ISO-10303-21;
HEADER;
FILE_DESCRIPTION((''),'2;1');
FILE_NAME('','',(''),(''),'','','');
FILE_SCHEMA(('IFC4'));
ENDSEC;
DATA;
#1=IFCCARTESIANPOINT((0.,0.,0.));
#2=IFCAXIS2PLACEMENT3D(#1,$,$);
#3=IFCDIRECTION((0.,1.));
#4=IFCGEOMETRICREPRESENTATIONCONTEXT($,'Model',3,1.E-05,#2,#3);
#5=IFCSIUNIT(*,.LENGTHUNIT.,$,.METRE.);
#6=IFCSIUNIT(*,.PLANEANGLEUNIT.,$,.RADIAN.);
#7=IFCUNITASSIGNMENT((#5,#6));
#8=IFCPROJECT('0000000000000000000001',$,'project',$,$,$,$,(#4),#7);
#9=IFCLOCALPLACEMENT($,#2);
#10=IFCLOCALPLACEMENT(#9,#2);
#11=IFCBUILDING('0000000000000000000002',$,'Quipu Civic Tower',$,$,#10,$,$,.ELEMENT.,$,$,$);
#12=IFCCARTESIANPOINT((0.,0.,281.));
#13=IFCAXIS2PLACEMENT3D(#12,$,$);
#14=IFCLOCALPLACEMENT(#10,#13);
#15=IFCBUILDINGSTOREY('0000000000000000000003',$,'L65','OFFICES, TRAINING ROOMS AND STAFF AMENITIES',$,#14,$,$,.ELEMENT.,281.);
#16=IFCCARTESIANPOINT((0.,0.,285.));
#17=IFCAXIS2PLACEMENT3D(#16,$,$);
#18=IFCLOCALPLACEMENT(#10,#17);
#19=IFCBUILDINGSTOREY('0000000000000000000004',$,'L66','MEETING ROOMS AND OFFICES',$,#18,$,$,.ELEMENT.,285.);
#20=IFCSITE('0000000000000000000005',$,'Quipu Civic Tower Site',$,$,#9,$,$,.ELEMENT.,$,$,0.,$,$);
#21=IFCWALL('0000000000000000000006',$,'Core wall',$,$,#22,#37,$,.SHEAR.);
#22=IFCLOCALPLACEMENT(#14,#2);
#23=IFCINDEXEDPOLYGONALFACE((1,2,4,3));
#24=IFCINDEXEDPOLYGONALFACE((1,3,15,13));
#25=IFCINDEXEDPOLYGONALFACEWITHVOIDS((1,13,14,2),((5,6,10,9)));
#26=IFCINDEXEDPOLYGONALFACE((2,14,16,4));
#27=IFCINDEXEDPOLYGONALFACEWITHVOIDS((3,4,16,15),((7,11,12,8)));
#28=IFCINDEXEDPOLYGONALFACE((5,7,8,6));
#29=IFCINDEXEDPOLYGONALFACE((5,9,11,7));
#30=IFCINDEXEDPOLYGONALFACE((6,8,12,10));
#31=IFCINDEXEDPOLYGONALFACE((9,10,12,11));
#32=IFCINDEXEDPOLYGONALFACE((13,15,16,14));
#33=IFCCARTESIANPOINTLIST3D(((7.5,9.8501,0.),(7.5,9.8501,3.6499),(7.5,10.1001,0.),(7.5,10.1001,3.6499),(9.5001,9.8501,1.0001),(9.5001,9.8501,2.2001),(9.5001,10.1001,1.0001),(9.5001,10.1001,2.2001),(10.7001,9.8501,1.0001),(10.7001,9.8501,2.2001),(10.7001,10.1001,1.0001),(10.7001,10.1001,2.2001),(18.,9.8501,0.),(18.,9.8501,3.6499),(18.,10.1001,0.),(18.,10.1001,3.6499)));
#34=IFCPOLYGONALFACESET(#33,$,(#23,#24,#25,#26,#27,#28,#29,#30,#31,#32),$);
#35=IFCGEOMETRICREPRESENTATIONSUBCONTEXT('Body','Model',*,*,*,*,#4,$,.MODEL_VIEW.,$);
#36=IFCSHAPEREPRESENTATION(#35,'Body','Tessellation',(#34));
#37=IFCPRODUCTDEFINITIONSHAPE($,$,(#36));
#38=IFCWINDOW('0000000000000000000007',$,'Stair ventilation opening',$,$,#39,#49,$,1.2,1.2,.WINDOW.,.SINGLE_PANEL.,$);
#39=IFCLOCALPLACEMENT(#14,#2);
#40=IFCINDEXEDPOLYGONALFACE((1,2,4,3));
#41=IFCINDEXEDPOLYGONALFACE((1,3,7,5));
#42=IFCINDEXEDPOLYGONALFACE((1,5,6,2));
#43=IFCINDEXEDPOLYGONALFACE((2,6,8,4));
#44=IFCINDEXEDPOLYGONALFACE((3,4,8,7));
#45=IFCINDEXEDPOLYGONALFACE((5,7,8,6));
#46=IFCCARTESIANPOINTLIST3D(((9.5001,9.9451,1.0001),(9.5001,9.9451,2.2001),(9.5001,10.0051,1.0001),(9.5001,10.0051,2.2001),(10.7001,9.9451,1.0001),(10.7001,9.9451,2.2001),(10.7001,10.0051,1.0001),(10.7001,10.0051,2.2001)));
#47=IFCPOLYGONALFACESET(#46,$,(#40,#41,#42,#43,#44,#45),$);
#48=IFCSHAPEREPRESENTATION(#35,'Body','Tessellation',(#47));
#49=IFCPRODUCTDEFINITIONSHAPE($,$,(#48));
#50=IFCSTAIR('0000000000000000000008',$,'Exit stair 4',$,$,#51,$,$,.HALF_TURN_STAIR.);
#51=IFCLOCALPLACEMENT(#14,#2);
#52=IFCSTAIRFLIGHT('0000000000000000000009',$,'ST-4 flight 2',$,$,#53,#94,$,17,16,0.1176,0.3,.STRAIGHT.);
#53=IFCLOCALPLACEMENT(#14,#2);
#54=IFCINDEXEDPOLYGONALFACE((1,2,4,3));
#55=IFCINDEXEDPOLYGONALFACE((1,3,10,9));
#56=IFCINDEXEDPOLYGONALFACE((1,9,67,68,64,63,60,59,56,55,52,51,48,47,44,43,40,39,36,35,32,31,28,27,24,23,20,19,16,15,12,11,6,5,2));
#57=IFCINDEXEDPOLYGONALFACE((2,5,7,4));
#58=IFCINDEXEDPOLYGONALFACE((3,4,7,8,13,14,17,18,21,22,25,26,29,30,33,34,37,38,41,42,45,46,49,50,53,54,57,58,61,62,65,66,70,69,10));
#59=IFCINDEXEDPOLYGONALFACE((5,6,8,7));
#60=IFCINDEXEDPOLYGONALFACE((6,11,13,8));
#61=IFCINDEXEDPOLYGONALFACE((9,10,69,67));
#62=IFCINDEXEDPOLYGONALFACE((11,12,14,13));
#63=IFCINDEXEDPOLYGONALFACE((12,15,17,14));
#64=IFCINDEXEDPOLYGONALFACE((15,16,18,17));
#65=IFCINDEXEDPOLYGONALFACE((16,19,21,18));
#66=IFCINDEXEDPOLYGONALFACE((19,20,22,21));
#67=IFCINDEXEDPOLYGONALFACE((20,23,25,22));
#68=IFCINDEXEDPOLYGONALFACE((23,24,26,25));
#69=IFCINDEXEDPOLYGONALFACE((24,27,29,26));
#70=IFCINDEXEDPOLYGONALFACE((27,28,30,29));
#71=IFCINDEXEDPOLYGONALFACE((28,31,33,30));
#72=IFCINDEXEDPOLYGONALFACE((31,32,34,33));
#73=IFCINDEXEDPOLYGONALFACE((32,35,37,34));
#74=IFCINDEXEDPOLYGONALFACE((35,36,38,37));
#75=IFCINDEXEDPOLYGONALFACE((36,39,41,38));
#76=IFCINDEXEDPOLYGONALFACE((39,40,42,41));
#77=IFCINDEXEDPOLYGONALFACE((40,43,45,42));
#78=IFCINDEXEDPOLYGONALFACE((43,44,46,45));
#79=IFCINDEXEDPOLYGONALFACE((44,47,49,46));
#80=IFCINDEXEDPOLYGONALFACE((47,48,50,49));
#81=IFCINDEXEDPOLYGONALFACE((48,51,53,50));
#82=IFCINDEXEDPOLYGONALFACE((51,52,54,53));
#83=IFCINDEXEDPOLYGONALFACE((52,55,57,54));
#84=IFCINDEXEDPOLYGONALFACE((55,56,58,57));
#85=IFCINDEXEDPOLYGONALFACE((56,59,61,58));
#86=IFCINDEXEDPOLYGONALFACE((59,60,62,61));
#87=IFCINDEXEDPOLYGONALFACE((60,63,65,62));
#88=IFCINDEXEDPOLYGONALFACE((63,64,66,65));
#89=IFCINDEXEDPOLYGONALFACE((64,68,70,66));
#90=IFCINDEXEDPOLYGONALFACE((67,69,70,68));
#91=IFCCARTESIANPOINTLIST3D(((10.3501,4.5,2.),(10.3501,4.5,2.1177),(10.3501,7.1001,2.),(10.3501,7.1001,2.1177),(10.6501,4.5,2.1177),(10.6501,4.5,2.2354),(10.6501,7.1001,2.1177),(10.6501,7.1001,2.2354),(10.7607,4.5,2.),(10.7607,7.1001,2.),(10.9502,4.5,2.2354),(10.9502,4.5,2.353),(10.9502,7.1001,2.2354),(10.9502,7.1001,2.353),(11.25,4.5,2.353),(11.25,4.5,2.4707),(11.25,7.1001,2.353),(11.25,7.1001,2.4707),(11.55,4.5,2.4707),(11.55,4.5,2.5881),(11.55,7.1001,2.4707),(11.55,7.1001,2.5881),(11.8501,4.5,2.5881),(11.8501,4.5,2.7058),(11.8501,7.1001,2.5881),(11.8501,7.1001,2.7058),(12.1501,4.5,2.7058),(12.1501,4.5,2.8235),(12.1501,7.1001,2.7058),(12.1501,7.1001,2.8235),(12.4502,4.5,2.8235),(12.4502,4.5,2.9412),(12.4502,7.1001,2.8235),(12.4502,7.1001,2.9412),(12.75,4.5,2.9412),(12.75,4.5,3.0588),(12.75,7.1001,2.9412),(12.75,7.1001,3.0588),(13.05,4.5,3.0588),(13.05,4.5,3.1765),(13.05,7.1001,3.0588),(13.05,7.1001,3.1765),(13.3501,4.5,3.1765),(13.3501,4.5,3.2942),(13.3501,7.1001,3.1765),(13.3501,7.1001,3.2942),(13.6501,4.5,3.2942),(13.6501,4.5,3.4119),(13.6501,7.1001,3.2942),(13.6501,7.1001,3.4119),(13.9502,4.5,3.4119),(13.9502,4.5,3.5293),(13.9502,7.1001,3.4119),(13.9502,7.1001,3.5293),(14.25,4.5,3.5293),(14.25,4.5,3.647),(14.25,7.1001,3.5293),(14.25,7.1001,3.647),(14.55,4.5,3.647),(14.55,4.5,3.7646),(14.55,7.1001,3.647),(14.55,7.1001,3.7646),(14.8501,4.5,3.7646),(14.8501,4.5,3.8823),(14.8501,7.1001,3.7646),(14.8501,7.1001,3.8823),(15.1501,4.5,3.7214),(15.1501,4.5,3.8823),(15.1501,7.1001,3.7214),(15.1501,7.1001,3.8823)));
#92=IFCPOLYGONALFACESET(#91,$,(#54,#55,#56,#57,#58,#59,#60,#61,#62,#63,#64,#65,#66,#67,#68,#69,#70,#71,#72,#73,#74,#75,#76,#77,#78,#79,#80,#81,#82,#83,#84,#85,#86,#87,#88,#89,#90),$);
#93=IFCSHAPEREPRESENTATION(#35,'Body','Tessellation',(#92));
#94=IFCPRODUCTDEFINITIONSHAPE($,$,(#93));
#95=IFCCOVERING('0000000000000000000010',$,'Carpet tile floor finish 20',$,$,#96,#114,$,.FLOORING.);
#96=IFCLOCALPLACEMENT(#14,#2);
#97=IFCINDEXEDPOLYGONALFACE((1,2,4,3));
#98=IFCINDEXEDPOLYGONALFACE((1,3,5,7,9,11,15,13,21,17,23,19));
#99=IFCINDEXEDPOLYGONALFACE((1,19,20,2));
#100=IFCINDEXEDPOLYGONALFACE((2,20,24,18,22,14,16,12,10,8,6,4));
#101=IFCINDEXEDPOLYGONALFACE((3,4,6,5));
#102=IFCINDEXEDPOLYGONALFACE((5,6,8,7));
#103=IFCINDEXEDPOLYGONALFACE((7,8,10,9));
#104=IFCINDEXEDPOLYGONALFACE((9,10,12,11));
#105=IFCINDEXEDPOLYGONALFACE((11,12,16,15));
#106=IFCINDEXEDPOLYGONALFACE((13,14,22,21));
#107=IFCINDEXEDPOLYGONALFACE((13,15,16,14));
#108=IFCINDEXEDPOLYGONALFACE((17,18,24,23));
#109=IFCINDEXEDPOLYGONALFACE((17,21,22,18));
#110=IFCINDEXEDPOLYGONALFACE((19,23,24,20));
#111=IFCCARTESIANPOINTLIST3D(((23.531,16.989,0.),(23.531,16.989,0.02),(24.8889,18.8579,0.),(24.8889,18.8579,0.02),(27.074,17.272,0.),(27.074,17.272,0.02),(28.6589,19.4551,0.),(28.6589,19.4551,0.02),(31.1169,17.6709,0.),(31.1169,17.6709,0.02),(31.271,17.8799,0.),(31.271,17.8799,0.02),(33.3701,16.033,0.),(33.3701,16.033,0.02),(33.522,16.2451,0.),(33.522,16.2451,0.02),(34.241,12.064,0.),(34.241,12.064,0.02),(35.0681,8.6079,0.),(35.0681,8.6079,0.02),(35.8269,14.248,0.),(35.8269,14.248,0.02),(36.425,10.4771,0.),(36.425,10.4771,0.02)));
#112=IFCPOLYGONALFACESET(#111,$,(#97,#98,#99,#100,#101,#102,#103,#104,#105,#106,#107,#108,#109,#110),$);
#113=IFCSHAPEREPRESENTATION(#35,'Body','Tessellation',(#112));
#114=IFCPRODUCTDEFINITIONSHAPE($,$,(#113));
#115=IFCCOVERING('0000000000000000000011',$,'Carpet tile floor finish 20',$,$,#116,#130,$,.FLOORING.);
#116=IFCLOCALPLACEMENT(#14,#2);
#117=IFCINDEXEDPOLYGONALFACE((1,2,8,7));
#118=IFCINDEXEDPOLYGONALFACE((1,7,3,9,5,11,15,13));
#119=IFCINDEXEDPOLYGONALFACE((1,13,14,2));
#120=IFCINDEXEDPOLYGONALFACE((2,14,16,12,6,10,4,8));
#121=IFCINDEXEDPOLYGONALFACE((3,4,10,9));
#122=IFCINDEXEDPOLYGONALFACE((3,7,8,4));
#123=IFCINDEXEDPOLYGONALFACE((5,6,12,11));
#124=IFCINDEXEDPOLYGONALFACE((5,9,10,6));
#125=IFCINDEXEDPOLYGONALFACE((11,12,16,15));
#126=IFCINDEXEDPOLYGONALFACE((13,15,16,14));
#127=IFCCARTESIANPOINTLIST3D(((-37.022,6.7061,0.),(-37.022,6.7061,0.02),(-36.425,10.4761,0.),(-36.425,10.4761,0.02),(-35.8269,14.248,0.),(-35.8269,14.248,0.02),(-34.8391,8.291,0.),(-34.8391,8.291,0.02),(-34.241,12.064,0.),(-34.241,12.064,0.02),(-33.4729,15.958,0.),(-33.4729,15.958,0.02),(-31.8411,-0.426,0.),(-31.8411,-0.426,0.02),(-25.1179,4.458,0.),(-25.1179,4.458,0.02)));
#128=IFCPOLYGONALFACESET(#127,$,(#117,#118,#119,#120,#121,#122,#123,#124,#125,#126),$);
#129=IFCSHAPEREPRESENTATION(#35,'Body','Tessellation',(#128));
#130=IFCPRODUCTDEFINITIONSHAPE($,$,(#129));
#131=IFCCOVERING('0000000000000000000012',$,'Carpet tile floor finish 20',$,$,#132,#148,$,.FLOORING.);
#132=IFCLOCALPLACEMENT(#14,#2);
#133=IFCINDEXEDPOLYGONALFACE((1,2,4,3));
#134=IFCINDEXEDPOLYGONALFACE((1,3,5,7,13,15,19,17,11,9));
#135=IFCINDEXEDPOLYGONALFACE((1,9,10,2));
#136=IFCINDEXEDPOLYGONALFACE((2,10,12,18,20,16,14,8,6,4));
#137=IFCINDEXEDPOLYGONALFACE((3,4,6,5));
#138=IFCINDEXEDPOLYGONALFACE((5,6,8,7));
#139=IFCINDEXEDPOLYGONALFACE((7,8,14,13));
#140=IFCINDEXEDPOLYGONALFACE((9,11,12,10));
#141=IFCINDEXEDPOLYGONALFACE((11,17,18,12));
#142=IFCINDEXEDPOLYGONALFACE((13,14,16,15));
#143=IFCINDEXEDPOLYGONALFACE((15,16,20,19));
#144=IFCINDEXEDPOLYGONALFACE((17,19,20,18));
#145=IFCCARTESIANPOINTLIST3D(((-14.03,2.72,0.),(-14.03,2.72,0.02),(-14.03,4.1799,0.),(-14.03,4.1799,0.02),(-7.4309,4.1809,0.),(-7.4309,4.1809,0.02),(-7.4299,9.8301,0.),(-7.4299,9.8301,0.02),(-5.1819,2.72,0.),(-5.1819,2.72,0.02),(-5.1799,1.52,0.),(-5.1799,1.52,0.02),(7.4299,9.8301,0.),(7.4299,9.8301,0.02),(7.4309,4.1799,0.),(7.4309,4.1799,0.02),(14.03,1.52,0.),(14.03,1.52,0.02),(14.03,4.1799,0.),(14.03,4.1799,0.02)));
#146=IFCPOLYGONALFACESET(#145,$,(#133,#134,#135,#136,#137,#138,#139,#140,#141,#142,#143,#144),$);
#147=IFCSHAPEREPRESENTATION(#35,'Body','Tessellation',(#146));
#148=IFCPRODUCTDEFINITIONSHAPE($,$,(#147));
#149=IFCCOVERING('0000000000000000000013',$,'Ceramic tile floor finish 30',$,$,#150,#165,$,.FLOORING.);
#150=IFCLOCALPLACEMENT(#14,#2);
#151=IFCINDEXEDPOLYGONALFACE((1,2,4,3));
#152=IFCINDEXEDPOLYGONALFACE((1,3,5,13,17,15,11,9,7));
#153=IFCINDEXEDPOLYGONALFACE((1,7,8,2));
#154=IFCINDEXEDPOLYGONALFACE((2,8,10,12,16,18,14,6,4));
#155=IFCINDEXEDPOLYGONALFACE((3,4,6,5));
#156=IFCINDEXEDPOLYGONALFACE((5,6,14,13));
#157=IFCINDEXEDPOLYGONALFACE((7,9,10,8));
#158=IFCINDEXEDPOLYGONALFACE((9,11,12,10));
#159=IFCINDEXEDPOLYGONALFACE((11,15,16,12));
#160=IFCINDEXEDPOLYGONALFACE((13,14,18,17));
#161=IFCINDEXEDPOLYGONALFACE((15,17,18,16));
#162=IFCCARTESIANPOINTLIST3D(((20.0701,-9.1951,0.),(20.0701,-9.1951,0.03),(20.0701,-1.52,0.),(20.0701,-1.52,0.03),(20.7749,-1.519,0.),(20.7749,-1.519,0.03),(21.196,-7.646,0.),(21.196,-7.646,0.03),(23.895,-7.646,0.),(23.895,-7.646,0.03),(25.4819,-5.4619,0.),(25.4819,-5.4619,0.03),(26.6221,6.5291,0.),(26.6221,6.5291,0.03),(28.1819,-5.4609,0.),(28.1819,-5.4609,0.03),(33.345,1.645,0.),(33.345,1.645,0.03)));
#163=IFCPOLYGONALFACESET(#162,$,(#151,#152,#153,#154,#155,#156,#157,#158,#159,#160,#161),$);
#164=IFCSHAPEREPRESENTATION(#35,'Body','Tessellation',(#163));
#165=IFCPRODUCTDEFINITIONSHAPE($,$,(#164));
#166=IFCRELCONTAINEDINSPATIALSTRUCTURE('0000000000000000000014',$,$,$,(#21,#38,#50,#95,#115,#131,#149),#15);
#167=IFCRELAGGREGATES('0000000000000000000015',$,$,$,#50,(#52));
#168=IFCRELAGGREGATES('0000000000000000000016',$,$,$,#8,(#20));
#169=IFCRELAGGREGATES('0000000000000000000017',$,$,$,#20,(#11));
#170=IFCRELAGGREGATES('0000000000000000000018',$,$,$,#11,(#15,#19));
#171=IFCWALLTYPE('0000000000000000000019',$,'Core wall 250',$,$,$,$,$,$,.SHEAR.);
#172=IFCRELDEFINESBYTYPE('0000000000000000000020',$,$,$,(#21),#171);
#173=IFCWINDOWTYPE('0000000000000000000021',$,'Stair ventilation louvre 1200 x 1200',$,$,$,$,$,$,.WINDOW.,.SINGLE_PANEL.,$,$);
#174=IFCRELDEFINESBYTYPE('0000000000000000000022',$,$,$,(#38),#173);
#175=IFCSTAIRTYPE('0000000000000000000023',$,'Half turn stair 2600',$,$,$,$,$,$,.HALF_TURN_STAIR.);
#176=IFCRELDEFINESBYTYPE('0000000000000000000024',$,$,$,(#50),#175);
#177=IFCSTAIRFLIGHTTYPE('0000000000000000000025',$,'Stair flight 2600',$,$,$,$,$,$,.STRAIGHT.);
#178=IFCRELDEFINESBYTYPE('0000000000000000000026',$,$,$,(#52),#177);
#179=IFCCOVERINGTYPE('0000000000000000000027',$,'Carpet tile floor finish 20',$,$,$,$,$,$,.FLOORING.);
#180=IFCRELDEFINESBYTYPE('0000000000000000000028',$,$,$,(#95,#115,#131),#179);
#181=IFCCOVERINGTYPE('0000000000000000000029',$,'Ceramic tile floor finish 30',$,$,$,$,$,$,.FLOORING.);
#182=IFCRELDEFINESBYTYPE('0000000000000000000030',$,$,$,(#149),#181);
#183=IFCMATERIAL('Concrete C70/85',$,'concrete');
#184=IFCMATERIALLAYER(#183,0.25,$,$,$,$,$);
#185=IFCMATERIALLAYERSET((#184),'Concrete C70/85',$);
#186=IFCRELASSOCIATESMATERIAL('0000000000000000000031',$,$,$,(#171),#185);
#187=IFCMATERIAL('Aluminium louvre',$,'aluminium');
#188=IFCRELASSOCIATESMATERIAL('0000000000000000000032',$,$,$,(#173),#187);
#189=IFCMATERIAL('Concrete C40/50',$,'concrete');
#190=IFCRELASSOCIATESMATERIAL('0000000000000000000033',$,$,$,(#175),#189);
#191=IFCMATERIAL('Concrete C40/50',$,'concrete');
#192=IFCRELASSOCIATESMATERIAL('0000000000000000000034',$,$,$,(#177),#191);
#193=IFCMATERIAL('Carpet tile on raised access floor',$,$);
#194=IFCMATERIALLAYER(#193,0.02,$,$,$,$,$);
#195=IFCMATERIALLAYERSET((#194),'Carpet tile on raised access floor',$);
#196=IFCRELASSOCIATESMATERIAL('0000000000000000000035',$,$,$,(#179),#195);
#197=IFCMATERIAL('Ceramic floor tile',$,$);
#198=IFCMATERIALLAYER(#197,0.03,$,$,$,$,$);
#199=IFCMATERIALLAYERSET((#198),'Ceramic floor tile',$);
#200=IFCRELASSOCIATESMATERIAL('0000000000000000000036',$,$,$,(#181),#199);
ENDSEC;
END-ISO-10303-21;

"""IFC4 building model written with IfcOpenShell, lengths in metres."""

from ifc_helpers import new_model, si_unit, direction, frame, frame_2d, origin, place, context, subcontext, project, spatial, polyline, rectangle, outline, extrude, material, layer, layer_set, type_object, element, fill, aggregate, save


model = new_model("IFC4")

# Units and contexts
model_context = context("Model", 3, precision=1e-05, world=origin(), true_north=direction((0.0, 1.0)))
body_context = subcontext(model_context, "Body", "Model", "MODEL_VIEW")
ifc_project = project(units=[si_unit("LENGTHUNIT", "METRE"), si_unit("PLANEANGLEUNIT", "RADIAN")], contexts=[model_context])

# Site, building, storey
site_placement = place(None, origin())
site = spatial("IfcSite", under=ifc_project, at=site_placement, Name="Quipu Civic Tower Site", CompositionType="ELEMENT", RefElevation=0.0)
building_placement = place(site_placement, origin())
building = spatial("IfcBuilding", under=site, at=building_placement, Name="Quipu Civic Tower", CompositionType="ELEMENT")
storey_1_placement = place(building_placement, frame((0.0, 0.0, 281.0)))
storey_1 = spatial("IfcBuildingStorey", under=building, at=storey_1_placement, Name="L65", Description="OFFICES, TRAINING ROOMS AND STAFF AMENITIES", CompositionType="ELEMENT", Elevation=281.0)

# Shared definitions
storey_2_placement = place(building_placement, frame((0.0, 0.0, 285.0)))
storey_2 = spatial("IfcBuildingStorey", under=building, at=storey_2_placement, Name="L66", Description="MEETING ROOMS AND OFFICES", CompositionType="ELEMENT", Elevation=285.0)

# Shared definitions
ifc_material_1 = material(Name="Concrete C70/85", Category="concrete")
ifc_layer_1 = layer(ifc_material_1, 0.25)
ifc_layer_set_1 = layer_set([ifc_layer_1], Name="Concrete C70/85")
wall_type = type_object("IfcWallType", Name="Core wall 250", PredefinedType="SHEAR", material=ifc_layer_set_1)

# Wall, opening, window
wall_1_placement = place(storey_1_placement, frame((7.5, 9.9751, 0.0), z_axis=(0.0, 0.0, 1.0), x_axis=(1.0, 0.0, 0.0)))
wall_1 = element("IfcWall", 1, at=wall_1_placement, inside=storey_1, type_object=wall_type, Name="Core wall", PredefinedType="SHEAR", context=body_context, shape_type="SweptSolid", body=[
    extrude(rectangle(XDim=10.5, YDim=0.25, at=frame_2d((5.25, 0.0))), origin(), (0.0, 0.0, 1.0), 3.6499),
])
opening_1_placement = place(wall_1_placement, frame((2.0, 0.0, 1.0)))
opening_1 = element("IfcOpeningElement", 2, at=opening_1_placement, cuts=wall_1, PredefinedType="OPENING", context=body_context, shape_type="SweptSolid", body=[
    extrude(rectangle(XDim=1.2, YDim=1.2, at=frame_2d((0.6001, 0.6001))), frame((0.0, 0.135, 0.0), z_axis=(0.0, -1.0, 0.0), x_axis=(1.0, 0.0, 0.0)), (0.0, 0.0, 1.0), 0.27),
])
ifc_material_2 = material(Name="Aluminium louvre", Category="aluminium")
window_type = type_object("IfcWindowType", Name="Stair ventilation louvre 1200 x 1200", PartitioningType="SINGLE_PANEL", PredefinedType="WINDOW", material=ifc_material_2)
window_placement = place(opening_1_placement, origin())
window = element("IfcWindow", 3, at=window_placement, inside=storey_1, type_object=window_type, Name="Stair ventilation opening", OverallHeight=1.2, OverallWidth=1.2, PartitioningType="SINGLE_PANEL", PredefinedType="WINDOW", context=body_context, shape_type="SweptSolid", body=[
    extrude(rectangle(XDim=1.2, YDim=1.2, at=frame_2d((0.6001, 0.6001))), frame((0.0, 0.03, 0.0), z_axis=(0.0, -1.0, 0.0), x_axis=(1.0, 0.0, 0.0)), (0.0, 0.0, 1.0), 0.0601),
])
fill(opening_1, window)

# Stair, stair flight
ifc_material_3 = material(Name="Concrete C40/50", Category="concrete")
stair_type = type_object("IfcStairType", Name="Half turn stair 2600", PredefinedType="HALF_TURN_STAIR", material=ifc_material_3)
stair_placement = place(storey_1_placement, origin())
stair = element("IfcStair", 4, at=stair_placement, inside=storey_1, type_object=stair_type, Name="Exit stair 4", PredefinedType="HALF_TURN_STAIR")
ifc_material_4 = material(Name="Concrete C40/50", Category="concrete")
stair_flight_type = type_object("IfcStairFlightType", Name="Stair flight 2600", PredefinedType="STRAIGHT", material=ifc_material_4)
stair_flight_placement = place(storey_1_placement, frame((10.3501, 5.8, 2.0), z_axis=(0.0, 0.0, 1.0), x_axis=(1.0, 0.0, 0.0)))
stair_flight = element("IfcStairFlight", 5, at=stair_flight_placement, type_object=stair_flight_type, Name="ST-4 flight 2", NumberOfRisers=17, NumberOfTreads=16, PredefinedType="STRAIGHT", RiserHeight=0.1176, TreadLength=0.3, context=body_context, shape_type="SweptSolid", body=[
    extrude(outline(polyline([(0.0, 0.0), (0.0, 0.1177), (0.3, 0.1177), (0.3, 0.2354), (0.6001, 0.2354), (0.6001, 0.353), (0.8999, 0.353), (0.8999, 0.4707), (1.2, 0.4707), (1.2, 0.5881), (1.5, 0.5881), (1.5, 0.7058), (1.8, 0.7058), (1.8, 0.8235), (2.1001, 0.8235), (2.1001, 0.9412), (2.3999, 0.9412), (2.3999, 1.0588), (2.7, 1.0588), (2.7, 1.1765), (3.0, 1.1765), (3.0, 1.2942), (3.3, 1.2942), (3.3, 1.4119), (3.6001, 1.4119), (3.6001, 1.5293), (3.8999, 1.5293), (3.8999, 1.647), (4.2, 1.647), (4.2, 1.7646), (4.5, 1.7646), (4.5, 1.8823), (4.8, 1.8823), (4.8, 2.0), (4.8, 1.7214), (0.4106, 0.0), (0.0, 0.0)])), frame((0.0, 1.3, 0.0), z_axis=(0.0, -1.0, 0.0), x_axis=(1.0, 0.0, 0.0)), (0.0, 0.0, 1.0), 2.6001),
])
aggregate(stair, [stair_flight])

# Coverings
ifc_material_5 = material(Name="Carpet tile on raised access floor")
ifc_layer_2 = layer(ifc_material_5, 0.02)
ifc_layer_set_2 = layer_set([ifc_layer_2], Name="Carpet tile on raised access floor")
covering_type_1 = type_object("IfcCoveringType", Name="Carpet tile floor finish 20", PredefinedType="FLOORING", material=ifc_layer_set_2)
covering_1_placement = place(storey_1_placement, origin())
element("IfcCovering", 6, at=covering_1_placement, inside=storey_1, type_object=covering_type_1, Name="Carpet tile floor finish 20", PredefinedType="FLOORING", context=body_context, shape_type="SweptSolid", body=[
    extrude(outline(polyline([(23.531, 16.989), (24.8889, 18.8579), (27.074, 17.272), (28.6589, 19.4551), (31.1169, 17.6709), (31.271, 17.8799), (33.522, 16.2451), (33.3701, 16.033), (35.8269, 14.248), (34.241, 12.064), (36.425, 10.4771), (35.0681, 8.6079), (23.531, 16.989)])), origin(), (0.0, 0.0, 1.0), 0.02),
])
covering_2_placement = place(storey_1_placement, origin())
element("IfcCovering", 7, at=covering_2_placement, inside=storey_1, type_object=covering_type_1, Name="Carpet tile floor finish 20", PredefinedType="FLOORING", context=body_context, shape_type="SweptSolid", body=[
    extrude(outline(polyline([(-37.022, 6.7061), (-34.8391, 8.291), (-36.425, 10.4761), (-34.241, 12.064), (-35.8269, 14.248), (-33.4729, 15.958), (-25.1179, 4.458), (-31.8411, -0.426), (-37.022, 6.7061)])), origin(), (0.0, 0.0, 1.0), 0.02),
])
covering_3_placement = place(storey_1_placement, origin())
element("IfcCovering", 8, at=covering_3_placement, inside=storey_1, type_object=covering_type_1, Name="Carpet tile floor finish 20", PredefinedType="FLOORING", context=body_context, shape_type="SweptSolid", body=[
    extrude(outline(polyline([(-14.03, 2.72), (-14.03, 4.1799), (-7.4309, 4.1809), (-7.4299, 9.8301), (7.4299, 9.8301), (7.4309, 4.1799), (14.03, 4.1799), (14.03, 1.52), (-5.1799, 1.52), (-5.1819, 2.72), (-14.03, 2.72)])), origin(), (0.0, 0.0, 1.0), 0.02),
])
ifc_material_6 = material(Name="Ceramic floor tile")
ifc_layer_3 = layer(ifc_material_6, 0.03)
ifc_layer_set_3 = layer_set([ifc_layer_3], Name="Ceramic floor tile")
covering_type_2 = type_object("IfcCoveringType", Name="Ceramic tile floor finish 30", PredefinedType="FLOORING", material=ifc_layer_set_3)
covering_4_placement = place(storey_1_placement, origin())
element("IfcCovering", 9, at=covering_4_placement, inside=storey_1, type_object=covering_type_2, Name="Ceramic tile floor finish 30", PredefinedType="FLOORING", context=body_context, shape_type="SweptSolid", body=[
    extrude(outline(polyline([(20.0701, -9.1951), (20.0701, -1.52), (20.7749, -1.519), (26.6221, 6.5291), (33.345, 1.645), (28.1819, -5.4609), (25.4819, -5.4619), (23.895, -7.646), (21.196, -7.646), (20.0701, -9.1951)])), origin(), (0.0, 0.0, 1.0), 0.03),
])

save(model, "model.ifc")
